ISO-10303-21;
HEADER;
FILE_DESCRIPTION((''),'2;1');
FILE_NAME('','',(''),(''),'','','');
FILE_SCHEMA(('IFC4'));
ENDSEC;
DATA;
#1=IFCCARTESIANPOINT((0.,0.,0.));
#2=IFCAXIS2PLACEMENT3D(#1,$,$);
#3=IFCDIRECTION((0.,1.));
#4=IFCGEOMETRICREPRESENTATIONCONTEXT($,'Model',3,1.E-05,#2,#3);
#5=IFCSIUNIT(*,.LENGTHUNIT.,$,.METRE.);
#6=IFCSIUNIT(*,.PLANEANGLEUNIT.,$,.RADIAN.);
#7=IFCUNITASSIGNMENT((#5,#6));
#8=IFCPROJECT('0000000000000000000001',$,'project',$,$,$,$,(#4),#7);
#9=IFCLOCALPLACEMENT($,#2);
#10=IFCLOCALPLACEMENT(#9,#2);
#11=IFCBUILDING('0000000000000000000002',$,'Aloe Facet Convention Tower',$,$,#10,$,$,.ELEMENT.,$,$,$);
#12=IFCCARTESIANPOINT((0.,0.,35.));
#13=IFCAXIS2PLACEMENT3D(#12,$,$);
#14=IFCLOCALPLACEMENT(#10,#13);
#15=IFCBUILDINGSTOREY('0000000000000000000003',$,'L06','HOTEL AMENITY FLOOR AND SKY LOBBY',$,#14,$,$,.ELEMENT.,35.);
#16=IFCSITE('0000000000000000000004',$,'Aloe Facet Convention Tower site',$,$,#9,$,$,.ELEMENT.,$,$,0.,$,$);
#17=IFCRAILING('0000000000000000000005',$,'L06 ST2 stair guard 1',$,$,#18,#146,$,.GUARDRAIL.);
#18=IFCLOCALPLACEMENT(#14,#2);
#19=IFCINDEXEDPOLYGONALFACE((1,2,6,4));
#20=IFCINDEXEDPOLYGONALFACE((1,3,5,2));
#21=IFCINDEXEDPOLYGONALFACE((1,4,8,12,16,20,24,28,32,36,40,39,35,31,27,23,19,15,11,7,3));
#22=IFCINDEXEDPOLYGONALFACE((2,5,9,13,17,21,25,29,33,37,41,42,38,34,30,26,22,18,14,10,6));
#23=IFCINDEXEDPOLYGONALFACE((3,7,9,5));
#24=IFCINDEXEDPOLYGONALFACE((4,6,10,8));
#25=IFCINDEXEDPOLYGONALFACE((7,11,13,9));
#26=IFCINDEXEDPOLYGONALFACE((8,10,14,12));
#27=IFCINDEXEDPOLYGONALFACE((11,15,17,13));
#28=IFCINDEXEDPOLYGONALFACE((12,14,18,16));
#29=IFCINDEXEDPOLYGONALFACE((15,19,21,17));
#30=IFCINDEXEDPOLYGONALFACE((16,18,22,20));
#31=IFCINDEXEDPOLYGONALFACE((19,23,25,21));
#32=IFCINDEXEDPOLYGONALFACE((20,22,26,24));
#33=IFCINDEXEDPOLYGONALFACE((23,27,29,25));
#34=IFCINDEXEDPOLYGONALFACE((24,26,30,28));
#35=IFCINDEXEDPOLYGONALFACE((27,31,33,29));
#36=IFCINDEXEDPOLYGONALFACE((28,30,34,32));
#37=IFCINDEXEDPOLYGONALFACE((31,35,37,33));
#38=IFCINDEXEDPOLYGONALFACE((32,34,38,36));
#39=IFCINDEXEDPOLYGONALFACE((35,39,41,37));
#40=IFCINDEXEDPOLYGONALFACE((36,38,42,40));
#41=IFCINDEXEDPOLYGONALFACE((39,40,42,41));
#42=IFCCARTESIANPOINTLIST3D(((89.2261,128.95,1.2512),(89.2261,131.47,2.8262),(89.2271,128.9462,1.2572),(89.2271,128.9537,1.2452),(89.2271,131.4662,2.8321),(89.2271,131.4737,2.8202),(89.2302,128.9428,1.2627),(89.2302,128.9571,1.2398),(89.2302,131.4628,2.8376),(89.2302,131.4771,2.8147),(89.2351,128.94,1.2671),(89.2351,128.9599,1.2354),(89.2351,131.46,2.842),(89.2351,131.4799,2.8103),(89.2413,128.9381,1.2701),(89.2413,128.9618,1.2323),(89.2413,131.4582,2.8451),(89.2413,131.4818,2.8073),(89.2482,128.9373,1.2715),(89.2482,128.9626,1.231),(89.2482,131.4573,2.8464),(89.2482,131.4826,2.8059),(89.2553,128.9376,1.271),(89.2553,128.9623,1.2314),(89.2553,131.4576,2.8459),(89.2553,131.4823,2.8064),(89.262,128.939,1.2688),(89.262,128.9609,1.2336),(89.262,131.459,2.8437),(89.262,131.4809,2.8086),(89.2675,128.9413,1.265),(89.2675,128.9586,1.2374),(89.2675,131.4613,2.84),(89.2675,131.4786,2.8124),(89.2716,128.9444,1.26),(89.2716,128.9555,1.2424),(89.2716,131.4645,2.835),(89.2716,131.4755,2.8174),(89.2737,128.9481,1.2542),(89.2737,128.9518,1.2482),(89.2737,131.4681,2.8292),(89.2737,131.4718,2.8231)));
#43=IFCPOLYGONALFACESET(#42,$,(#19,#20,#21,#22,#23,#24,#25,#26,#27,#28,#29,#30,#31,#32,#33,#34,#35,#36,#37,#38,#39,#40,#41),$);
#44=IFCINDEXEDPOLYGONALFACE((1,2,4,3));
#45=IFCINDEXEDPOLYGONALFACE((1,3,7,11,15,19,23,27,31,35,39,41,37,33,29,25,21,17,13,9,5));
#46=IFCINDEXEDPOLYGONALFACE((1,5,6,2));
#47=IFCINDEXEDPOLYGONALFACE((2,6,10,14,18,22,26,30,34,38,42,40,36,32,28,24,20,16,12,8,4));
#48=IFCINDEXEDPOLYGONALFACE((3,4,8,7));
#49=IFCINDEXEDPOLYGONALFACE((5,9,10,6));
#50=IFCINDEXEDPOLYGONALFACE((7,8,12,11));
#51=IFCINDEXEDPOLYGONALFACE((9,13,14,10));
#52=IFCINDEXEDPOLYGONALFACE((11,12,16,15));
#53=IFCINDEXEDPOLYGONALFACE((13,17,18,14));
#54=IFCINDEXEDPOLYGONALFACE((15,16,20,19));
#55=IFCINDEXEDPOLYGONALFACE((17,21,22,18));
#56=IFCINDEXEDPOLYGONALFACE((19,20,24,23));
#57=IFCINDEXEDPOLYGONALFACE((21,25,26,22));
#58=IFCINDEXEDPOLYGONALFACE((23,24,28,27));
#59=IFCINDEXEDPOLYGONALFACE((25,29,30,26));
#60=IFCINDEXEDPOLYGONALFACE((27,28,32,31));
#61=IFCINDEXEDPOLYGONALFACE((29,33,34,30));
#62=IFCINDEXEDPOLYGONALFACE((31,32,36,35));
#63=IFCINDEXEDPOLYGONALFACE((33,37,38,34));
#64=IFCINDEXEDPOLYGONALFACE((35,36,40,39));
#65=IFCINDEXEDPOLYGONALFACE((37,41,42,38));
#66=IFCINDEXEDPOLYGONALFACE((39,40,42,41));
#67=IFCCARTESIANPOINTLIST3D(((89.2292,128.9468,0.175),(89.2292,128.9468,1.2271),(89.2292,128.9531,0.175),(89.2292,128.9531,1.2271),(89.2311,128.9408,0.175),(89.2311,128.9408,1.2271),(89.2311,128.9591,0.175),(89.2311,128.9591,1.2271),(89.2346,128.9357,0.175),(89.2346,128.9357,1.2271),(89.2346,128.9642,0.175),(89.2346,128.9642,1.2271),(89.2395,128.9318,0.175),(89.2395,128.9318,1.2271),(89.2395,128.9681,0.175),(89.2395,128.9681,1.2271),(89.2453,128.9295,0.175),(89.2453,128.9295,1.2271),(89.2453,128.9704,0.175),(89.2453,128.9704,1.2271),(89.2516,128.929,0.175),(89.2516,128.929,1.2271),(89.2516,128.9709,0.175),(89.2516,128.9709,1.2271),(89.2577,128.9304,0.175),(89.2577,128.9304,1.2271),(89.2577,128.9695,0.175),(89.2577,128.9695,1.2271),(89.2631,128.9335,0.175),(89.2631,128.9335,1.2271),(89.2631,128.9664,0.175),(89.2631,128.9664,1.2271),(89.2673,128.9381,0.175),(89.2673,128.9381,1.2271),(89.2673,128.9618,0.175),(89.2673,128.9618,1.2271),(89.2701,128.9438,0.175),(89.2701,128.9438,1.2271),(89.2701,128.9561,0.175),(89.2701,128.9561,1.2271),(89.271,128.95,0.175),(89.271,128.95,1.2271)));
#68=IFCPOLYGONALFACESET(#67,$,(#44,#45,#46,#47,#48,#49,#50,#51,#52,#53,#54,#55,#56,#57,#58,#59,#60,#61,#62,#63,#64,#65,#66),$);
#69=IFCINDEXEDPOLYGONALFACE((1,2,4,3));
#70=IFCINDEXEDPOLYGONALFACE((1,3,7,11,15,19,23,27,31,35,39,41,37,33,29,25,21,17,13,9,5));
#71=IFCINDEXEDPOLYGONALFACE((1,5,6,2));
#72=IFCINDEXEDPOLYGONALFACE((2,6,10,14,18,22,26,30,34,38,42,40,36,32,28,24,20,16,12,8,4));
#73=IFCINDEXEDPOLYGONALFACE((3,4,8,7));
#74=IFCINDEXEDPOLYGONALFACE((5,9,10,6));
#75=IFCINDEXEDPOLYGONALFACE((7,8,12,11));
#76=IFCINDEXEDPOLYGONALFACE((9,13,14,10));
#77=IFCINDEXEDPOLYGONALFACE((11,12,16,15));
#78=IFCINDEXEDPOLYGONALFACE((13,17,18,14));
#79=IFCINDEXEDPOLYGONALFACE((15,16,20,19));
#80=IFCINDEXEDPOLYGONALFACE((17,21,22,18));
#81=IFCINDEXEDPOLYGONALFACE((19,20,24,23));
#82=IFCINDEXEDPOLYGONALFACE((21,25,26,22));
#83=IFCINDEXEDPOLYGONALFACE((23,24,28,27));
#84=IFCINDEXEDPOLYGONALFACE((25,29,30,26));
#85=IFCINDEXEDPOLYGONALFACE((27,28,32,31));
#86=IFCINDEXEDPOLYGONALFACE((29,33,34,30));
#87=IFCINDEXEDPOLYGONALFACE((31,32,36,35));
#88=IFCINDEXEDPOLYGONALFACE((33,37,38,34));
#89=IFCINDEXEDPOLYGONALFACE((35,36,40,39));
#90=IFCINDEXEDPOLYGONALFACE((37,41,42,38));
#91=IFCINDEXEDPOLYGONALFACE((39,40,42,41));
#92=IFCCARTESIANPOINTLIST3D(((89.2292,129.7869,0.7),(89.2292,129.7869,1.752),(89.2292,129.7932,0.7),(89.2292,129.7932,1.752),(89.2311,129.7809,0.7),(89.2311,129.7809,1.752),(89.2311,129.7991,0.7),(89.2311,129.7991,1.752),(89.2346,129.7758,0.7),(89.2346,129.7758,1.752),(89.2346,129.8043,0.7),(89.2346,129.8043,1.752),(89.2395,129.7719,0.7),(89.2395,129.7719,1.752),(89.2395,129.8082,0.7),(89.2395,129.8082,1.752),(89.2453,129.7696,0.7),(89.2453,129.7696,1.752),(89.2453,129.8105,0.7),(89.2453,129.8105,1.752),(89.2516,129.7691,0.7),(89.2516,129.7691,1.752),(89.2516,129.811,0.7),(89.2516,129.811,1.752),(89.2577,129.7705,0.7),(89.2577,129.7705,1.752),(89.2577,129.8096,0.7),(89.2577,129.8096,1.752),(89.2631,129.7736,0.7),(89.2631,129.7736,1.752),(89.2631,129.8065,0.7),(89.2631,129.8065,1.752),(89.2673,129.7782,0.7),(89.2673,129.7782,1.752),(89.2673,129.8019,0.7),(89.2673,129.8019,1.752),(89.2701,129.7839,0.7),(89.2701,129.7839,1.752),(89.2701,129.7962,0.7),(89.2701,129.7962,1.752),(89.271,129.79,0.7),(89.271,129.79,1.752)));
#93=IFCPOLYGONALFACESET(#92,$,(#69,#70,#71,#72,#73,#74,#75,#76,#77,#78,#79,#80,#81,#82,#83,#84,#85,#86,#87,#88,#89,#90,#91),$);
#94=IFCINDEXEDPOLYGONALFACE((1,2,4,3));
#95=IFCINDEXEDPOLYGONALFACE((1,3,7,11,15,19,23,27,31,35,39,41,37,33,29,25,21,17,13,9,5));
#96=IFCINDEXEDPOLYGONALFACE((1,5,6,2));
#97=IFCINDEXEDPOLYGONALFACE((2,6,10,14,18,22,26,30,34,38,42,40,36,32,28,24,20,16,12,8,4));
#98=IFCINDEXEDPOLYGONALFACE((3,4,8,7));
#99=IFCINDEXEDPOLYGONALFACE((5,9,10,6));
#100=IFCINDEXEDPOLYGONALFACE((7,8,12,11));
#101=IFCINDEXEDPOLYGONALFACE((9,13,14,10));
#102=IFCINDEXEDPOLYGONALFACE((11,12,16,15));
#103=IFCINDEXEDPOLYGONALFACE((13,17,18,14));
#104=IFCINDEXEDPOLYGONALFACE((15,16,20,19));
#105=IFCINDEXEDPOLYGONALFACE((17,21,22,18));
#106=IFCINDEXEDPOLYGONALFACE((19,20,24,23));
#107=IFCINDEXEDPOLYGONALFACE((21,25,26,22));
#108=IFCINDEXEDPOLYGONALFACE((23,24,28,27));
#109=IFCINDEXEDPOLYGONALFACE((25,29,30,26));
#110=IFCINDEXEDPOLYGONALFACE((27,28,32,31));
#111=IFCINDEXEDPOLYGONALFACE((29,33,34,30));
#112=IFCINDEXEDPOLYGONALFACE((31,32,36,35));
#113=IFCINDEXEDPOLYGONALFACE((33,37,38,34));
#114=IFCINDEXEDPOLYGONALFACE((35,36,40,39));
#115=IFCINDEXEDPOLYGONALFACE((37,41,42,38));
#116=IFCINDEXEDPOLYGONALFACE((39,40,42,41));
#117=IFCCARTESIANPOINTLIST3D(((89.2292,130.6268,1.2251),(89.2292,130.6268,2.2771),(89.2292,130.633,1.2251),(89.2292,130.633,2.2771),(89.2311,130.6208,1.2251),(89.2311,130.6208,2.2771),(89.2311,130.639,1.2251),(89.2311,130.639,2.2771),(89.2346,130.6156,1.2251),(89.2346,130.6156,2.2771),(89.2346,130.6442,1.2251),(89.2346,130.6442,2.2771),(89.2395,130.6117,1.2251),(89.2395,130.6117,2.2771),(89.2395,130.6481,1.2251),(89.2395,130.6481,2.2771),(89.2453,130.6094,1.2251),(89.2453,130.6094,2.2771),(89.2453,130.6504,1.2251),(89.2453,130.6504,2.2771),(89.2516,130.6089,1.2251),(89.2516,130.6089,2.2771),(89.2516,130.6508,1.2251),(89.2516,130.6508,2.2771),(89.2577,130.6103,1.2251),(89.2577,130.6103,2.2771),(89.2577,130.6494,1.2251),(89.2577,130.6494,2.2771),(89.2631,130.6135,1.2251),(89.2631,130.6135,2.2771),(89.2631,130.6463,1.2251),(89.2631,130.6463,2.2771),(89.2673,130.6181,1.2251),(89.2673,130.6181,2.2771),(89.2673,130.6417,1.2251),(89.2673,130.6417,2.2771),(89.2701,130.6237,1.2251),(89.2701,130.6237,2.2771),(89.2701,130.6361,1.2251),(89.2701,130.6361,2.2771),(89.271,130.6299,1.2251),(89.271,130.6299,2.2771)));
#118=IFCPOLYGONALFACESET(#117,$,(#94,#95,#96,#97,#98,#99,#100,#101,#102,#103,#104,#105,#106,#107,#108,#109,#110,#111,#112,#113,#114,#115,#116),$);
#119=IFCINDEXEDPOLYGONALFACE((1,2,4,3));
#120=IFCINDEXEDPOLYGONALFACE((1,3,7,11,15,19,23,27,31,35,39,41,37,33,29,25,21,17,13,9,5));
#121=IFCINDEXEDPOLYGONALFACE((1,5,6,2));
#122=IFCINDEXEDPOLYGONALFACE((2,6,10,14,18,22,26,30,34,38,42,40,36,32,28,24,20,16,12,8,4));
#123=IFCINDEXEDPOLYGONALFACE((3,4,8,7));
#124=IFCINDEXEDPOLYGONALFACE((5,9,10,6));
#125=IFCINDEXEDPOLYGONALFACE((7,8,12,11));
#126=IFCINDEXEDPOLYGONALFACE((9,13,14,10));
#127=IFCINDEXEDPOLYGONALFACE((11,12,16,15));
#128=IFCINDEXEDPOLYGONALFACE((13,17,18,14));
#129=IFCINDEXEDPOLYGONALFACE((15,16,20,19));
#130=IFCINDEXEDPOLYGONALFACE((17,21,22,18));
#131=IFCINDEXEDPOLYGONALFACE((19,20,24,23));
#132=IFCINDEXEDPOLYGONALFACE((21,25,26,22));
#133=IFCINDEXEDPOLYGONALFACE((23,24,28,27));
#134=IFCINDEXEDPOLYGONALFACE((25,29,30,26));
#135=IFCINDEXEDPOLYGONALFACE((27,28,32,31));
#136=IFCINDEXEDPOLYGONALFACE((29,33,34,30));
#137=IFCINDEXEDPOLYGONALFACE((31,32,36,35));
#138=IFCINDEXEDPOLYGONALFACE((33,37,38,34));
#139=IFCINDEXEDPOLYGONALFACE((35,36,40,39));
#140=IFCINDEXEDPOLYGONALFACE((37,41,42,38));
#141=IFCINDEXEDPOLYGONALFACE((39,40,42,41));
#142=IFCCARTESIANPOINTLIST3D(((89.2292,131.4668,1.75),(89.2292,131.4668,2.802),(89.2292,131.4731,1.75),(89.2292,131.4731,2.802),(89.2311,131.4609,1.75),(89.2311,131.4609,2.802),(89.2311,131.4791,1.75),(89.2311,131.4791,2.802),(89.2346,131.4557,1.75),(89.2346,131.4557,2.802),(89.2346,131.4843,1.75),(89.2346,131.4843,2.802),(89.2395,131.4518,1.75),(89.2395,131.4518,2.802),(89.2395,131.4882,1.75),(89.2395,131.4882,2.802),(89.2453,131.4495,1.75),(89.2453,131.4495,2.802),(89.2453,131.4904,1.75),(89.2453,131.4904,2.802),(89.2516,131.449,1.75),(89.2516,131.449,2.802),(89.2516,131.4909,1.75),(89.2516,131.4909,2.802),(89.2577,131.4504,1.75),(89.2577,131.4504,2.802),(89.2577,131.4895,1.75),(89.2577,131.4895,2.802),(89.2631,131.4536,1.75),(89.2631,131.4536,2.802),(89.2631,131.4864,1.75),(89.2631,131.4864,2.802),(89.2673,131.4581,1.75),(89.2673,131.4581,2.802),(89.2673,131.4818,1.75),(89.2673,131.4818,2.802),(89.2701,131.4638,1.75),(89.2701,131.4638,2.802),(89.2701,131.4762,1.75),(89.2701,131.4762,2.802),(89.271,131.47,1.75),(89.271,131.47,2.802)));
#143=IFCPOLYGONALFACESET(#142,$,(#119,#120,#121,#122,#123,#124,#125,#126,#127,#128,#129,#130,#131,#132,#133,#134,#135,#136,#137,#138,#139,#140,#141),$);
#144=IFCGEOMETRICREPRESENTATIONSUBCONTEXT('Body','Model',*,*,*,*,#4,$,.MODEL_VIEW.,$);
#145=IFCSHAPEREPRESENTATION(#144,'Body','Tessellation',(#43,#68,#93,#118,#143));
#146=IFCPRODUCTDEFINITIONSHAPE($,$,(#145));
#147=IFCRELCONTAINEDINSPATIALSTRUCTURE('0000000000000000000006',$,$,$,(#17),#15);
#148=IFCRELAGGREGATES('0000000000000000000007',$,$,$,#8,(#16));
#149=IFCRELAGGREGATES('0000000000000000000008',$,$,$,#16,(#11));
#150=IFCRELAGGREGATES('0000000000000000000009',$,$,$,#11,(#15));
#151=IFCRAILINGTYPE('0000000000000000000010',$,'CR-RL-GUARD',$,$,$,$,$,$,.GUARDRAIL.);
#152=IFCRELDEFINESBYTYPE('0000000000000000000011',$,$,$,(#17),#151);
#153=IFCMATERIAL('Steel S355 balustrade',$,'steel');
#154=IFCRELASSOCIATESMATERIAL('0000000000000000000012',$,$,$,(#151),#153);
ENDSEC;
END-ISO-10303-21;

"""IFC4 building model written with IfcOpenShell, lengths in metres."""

from ifc_helpers import new_model, si_unit, direction, frame, origin, origin_2d, place, context, subcontext, project, spatial, circle, extrude, material, type_object, element, save


model = new_model("IFC4")

# Units and contexts
model_context = context("Model", 3, precision=1e-05, world=origin(), true_north=direction((0.0, 1.0)))
body_context = subcontext(model_context, "Body", "Model", "MODEL_VIEW")
ifc_project = project(units=[si_unit("LENGTHUNIT", "METRE"), si_unit("PLANEANGLEUNIT", "RADIAN")], contexts=[model_context])

# Site, building, storey
site_placement = place(None, origin())
site = spatial("IfcSite", under=ifc_project, at=site_placement, Name="Aloe Facet Convention Tower site", CompositionType="ELEMENT", RefElevation=0.0)
building_placement = place(site_placement, origin())
building = spatial("IfcBuilding", under=site, at=building_placement, Name="Aloe Facet Convention Tower", CompositionType="ELEMENT")
storey_placement = place(building_placement, frame((0.0, 0.0, 35.0)))
storey = spatial("IfcBuildingStorey", under=building, at=storey_placement, Name="L06", Description="HOTEL AMENITY FLOOR AND SKY LOBBY", CompositionType="ELEMENT", Elevation=35.0)

# Railing
ifc_material_1 = material(Name="Steel S355 balustrade", Category="steel")
railing_type_1 = type_object("IfcRailingType", Name="CR-RL-GUARD", PredefinedType="GUARDRAIL", material=ifc_material_1)
railing_1_placement = place(storey_placement, frame((89.25, 128.95, 0.175)))
element("IfcRailing", 1, at=railing_1_placement, inside=storey, type_object=railing_type_1, Name="L06 ST2 stair guard 1", PredefinedType="GUARDRAIL", context=body_context, shape_type="SweptSolid", body=[
    extrude(circle(Radius=0.0239, at=origin_2d()), frame((0.0, 0.0, 1.0762), z_axis=(0.0, 0.848008, 0.529984), x_axis=(-1.0, 0.0, 0.0)), (0.0, 0.0, 1.0), 2.9717),
    extrude(circle(Radius=0.021, at=origin_2d()), origin(), (0.0, 0.0, 1.0), 1.052),
    extrude(circle(Radius=0.021, at=origin_2d()), frame((0.0, 0.8401, 0.5249)), (0.0, 0.0, 1.0), 1.052),
    extrude(circle(Radius=0.021, at=origin_2d()), frame((0.0, 1.6799, 1.05)), (0.0, 0.0, 1.0), 1.052),
    extrude(circle(Radius=0.021, at=origin_2d()), frame((0.0, 2.52, 1.575)), (0.0, 0.0, 1.0), 1.052),
])

save(model, "model.ifc")
